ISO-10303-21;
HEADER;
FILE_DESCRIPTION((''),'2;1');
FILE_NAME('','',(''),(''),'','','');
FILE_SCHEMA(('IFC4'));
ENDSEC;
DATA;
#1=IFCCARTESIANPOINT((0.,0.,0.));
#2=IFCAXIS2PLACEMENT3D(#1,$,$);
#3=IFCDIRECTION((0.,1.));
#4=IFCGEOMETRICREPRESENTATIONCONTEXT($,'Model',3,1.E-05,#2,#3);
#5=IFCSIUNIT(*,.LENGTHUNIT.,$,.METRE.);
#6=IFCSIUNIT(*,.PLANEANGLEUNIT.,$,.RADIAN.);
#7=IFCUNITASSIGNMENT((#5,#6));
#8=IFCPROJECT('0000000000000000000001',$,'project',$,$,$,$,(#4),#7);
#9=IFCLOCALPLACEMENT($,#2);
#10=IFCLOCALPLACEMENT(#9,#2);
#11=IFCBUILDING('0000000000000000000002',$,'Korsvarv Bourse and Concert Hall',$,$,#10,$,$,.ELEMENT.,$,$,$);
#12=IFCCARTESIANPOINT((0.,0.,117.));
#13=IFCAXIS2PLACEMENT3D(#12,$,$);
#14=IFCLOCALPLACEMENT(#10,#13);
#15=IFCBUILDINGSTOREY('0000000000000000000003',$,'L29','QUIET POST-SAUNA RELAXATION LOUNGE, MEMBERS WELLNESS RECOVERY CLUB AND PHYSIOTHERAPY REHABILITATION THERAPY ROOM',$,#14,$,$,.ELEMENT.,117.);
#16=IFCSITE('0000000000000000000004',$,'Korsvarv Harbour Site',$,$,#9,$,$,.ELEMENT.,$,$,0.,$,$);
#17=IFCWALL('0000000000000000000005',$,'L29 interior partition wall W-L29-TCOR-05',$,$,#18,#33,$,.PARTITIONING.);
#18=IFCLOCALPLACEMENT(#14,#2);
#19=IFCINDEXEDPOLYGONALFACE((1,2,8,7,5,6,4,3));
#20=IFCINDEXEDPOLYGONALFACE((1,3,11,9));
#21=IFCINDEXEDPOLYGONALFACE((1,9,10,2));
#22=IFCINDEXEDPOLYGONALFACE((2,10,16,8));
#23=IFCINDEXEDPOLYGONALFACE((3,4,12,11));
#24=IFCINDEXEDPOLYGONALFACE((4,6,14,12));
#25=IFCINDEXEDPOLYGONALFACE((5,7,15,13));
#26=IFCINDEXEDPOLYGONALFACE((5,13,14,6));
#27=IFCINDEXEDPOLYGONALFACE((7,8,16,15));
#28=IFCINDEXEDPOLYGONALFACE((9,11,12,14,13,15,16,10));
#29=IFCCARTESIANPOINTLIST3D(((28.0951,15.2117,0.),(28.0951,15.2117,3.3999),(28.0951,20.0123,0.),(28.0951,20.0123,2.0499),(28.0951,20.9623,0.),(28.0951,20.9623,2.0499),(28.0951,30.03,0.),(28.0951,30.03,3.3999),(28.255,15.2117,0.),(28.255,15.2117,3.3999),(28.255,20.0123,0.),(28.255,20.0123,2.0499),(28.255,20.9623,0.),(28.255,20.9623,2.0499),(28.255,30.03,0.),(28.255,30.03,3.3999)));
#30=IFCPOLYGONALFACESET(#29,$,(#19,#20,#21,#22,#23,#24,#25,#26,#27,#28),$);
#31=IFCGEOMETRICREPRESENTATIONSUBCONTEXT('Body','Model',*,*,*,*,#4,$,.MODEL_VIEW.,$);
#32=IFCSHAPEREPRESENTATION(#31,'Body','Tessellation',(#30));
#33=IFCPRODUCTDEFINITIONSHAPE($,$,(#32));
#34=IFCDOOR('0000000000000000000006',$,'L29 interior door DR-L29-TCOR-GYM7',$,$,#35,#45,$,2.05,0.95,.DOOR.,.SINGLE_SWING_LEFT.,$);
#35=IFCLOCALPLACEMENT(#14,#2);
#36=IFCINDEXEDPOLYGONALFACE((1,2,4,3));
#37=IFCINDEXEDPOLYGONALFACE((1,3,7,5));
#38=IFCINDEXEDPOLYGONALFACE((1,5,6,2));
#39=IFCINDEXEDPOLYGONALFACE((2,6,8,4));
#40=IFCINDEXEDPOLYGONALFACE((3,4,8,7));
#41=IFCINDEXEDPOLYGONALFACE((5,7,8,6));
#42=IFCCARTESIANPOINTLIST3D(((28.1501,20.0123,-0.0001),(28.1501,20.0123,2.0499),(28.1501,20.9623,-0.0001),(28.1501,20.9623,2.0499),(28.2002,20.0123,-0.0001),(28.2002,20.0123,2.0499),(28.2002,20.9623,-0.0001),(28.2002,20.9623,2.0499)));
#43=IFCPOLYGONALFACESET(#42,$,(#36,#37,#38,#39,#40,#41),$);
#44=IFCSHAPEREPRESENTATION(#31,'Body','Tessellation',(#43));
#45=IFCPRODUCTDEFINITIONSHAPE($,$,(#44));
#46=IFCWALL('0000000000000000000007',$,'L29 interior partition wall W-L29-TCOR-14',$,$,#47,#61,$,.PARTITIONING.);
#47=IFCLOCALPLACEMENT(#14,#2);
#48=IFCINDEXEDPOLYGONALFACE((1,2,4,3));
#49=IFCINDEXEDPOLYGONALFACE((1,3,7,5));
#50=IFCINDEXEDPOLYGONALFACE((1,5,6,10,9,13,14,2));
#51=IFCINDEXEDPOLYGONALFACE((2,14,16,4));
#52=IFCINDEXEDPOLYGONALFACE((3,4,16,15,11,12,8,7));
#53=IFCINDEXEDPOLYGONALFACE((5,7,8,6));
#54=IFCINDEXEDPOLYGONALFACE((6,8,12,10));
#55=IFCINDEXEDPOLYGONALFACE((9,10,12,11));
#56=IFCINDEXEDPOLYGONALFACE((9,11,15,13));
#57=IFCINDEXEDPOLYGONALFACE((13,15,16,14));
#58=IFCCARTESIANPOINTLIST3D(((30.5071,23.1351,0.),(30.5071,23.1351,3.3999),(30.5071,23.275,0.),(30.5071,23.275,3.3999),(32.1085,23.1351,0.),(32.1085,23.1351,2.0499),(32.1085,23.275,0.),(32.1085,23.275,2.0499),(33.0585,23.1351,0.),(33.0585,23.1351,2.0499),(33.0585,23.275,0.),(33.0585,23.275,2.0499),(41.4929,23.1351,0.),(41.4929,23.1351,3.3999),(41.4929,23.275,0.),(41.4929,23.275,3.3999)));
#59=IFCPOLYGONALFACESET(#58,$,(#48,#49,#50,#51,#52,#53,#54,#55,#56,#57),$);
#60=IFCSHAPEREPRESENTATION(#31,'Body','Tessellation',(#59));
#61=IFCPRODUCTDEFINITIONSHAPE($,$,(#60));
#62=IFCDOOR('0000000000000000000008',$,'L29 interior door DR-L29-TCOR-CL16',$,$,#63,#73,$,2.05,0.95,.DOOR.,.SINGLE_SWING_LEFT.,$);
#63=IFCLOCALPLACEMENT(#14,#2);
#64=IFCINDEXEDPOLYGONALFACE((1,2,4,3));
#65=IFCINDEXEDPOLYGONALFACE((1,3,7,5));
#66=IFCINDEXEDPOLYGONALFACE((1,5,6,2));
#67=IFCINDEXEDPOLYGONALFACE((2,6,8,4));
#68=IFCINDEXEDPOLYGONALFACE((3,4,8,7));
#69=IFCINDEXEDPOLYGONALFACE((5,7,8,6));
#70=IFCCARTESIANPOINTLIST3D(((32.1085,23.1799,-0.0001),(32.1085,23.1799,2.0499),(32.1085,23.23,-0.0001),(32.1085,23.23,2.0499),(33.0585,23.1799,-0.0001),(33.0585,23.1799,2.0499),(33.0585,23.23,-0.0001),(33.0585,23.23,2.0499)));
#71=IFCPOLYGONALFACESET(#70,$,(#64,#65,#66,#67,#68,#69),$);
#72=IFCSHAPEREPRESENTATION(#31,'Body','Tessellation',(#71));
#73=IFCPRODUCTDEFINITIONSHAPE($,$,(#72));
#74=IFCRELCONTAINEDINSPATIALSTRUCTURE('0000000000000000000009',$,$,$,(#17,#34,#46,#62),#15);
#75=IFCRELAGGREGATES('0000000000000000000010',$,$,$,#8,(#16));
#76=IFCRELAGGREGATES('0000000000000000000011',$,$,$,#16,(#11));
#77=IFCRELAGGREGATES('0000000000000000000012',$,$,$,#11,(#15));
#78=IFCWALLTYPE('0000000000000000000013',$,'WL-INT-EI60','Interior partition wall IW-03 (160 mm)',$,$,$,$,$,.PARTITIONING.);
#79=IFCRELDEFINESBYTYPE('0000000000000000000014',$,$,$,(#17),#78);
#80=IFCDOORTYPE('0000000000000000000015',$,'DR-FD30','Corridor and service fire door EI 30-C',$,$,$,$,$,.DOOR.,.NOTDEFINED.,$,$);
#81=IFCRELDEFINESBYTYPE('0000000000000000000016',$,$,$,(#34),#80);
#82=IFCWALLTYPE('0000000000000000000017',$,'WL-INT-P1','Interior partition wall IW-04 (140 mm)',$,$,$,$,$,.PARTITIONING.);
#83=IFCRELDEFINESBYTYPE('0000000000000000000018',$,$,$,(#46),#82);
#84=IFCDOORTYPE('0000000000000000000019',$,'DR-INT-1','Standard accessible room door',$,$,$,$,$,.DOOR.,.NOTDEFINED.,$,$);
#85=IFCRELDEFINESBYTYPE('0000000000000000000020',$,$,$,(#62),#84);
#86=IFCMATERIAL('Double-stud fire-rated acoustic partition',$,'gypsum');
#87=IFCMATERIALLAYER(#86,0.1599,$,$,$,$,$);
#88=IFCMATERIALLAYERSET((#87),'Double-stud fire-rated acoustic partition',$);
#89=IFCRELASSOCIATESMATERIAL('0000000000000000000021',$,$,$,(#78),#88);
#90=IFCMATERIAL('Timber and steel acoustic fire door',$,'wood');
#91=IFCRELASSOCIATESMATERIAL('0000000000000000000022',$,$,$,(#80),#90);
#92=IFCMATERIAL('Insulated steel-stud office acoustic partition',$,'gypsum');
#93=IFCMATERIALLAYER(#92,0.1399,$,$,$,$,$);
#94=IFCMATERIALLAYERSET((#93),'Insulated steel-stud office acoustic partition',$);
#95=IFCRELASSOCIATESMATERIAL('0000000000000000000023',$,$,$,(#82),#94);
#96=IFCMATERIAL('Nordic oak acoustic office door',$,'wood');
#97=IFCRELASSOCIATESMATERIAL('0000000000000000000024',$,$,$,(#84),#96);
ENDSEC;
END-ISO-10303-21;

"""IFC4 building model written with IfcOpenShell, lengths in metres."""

from ifc_helpers import new_model, si_unit, direction, frame, frame_2d, origin, place, context, subcontext, project, spatial, rectangle, extrude, material, layer, layer_set, type_object, element, fill, save


model = new_model("IFC4")

# Units and contexts
model_context = context("Model", 3, precision=1e-05, world=origin(), true_north=direction((0.0, 1.0)))
body_context = subcontext(model_context, "Body", "Model", "MODEL_VIEW")
ifc_project = project(units=[si_unit("LENGTHUNIT", "METRE"), si_unit("PLANEANGLEUNIT", "RADIAN")], contexts=[model_context])

# Site, building, storey
site_placement = place(None, origin())
site = spatial("IfcSite", under=ifc_project, at=site_placement, Name="Korsvarv Harbour Site", CompositionType="ELEMENT", RefElevation=0.0)
building_placement = place(site_placement, origin())
building = spatial("IfcBuilding", under=site, at=building_placement, Name="Korsvarv Bourse and Concert Hall", CompositionType="ELEMENT")
storey_placement = place(building_placement, frame((0.0, 0.0, 117.0)))
storey = spatial("IfcBuildingStorey", under=building, at=storey_placement, Name="L29", Description="QUIET POST-SAUNA RELAXATION LOUNGE, MEMBERS WELLNESS RECOVERY CLUB AND PHYSIOTHERAPY REHABILITATION THERAPY ROOM", CompositionType="ELEMENT", Elevation=117.0)

# Walls, openings, doors
ifc_material_1 = material(Name="Double-stud fire-rated acoustic partition", Category="gypsum")
ifc_layer_1 = layer(ifc_material_1, 0.1599)
ifc_layer_set_1 = layer_set([ifc_layer_1], Name="Double-stud fire-rated acoustic partition")
wall_type_1 = type_object("IfcWallType", Name="WL-INT-EI60", Description="Interior partition wall IW-03 (160 mm)", PredefinedType="PARTITIONING", material=ifc_layer_set_1)
ifc_material_2 = material(Name="Timber and steel acoustic fire door", Category="wood")
door_type_1 = type_object("IfcDoorType", Name="DR-FD30", Description="Corridor and service fire door EI 30-C", OperationType="NOTDEFINED", PredefinedType="DOOR", material=ifc_material_2)
wall_1_placement = place(storey_placement, frame((28.175, 15.2117, 0.0), z_axis=(0.0, 0.0, 1.0), x_axis=(0.0, 1.0, 0.0)))
wall_1 = element("IfcWall", 1, at=wall_1_placement, inside=storey, type_object=wall_type_1, Name="L29 interior partition wall W-L29-TCOR-05", PredefinedType="PARTITIONING", context=body_context, shape_type="SweptSolid", body=[
    extrude(rectangle(XDim=14.8184, YDim=0.1599, at=frame_2d((7.4092, 0.0))), origin(), (0.0, 0.0, 1.0), 3.3999),
])
opening_1_placement = place(wall_1_placement, frame((4.8005, 0.0, 0.0)))
opening_1 = element("IfcOpeningElement", 2, at=opening_1_placement, cuts=wall_1, PredefinedType="OPENING", context=body_context, shape_type="SweptSolid", body=[
    extrude(rectangle(XDim=0.95, YDim=2.05, at=frame_2d((0.4751, 1.0249))), frame((0.0, 0.0898, 0.0), z_axis=(0.0, -1.0, 0.0), x_axis=(1.0, 0.0, 0.0)), (0.0, 0.0, 1.0), 0.1799),
])
door_1_placement = place(opening_1_placement, origin())
door_1 = element("IfcDoor", 3, at=door_1_placement, inside=storey, type_object=door_type_1, Name="L29 interior door DR-L29-TCOR-GYM7", OperationType="SINGLE_SWING_LEFT", OverallHeight=2.05, OverallWidth=0.95, PredefinedType="DOOR", context=body_context, shape_type="SweptSolid", body=[
    extrude(rectangle(XDim=0.95, YDim=2.05, at=frame_2d((0.4751, 1.0249))), frame((0.0, 0.0249, 0.0), z_axis=(0.0, -1.0, 0.0), x_axis=(1.0, 0.0, 0.0)), (0.0, 0.0, 1.0), 0.05),
])
fill(opening_1, door_1)
ifc_material_3 = material(Name="Insulated steel-stud office acoustic partition", Category="gypsum")
ifc_layer_2 = layer(ifc_material_3, 0.1399)
ifc_layer_set_2 = layer_set([ifc_layer_2], Name="Insulated steel-stud office acoustic partition")
wall_type_2 = type_object("IfcWallType", Name="WL-INT-P1", Description="Interior partition wall IW-04 (140 mm)", PredefinedType="PARTITIONING", material=ifc_layer_set_2)
wall_2_placement = place(storey_placement, frame((30.5071, 23.2051, 0.0), z_axis=(0.0, 0.0, 1.0), x_axis=(1.0, 0.0, 0.0)))
wall_2 = element("IfcWall", 4, at=wall_2_placement, inside=storey, type_object=wall_type_2, Name="L29 interior partition wall W-L29-TCOR-14", PredefinedType="PARTITIONING", context=body_context, shape_type="SweptSolid", body=[
    extrude(rectangle(XDim=10.9858, YDim=0.1399, at=frame_2d((5.4929, 0.0))), origin(), (0.0, 0.0, 1.0), 3.3999),
])
opening_2_placement = place(wall_2_placement, frame((1.6013, 0.0, 0.0)))
opening_2 = element("IfcOpeningElement", 5, at=opening_2_placement, cuts=wall_2, PredefinedType="OPENING", context=body_context, shape_type="SweptSolid", body=[
    extrude(rectangle(XDim=0.95, YDim=2.05, at=frame_2d((0.4751, 1.0249))), frame((0.0, 0.0801, 0.0), z_axis=(0.0, -1.0, 0.0), x_axis=(1.0, 0.0, 0.0)), (0.0, 0.0, 1.0), 0.1599),
])
ifc_material_4 = material(Name="Nordic oak acoustic office door", Category="wood")
door_type_2 = type_object("IfcDoorType", Name="DR-INT-1", Description="Standard accessible room door", OperationType="NOTDEFINED", PredefinedType="DOOR", material=ifc_material_4)
door_2_placement = place(opening_2_placement, origin())
door_2 = element("IfcDoor", 6, at=door_2_placement, inside=storey, type_object=door_type_2, Name="L29 interior door DR-L29-TCOR-CL16", OperationType="SINGLE_SWING_LEFT", OverallHeight=2.05, OverallWidth=0.95, PredefinedType="DOOR", context=body_context, shape_type="SweptSolid", body=[
    extrude(rectangle(XDim=0.95, YDim=2.05, at=frame_2d((0.4751, 1.0249))), frame((0.0, 0.0249, 0.0), z_axis=(0.0, -1.0, 0.0), x_axis=(1.0, 0.0, 0.0)), (0.0, 0.0, 1.0), 0.05),
])
fill(opening_2, door_2)

save(model, "model.ifc")
